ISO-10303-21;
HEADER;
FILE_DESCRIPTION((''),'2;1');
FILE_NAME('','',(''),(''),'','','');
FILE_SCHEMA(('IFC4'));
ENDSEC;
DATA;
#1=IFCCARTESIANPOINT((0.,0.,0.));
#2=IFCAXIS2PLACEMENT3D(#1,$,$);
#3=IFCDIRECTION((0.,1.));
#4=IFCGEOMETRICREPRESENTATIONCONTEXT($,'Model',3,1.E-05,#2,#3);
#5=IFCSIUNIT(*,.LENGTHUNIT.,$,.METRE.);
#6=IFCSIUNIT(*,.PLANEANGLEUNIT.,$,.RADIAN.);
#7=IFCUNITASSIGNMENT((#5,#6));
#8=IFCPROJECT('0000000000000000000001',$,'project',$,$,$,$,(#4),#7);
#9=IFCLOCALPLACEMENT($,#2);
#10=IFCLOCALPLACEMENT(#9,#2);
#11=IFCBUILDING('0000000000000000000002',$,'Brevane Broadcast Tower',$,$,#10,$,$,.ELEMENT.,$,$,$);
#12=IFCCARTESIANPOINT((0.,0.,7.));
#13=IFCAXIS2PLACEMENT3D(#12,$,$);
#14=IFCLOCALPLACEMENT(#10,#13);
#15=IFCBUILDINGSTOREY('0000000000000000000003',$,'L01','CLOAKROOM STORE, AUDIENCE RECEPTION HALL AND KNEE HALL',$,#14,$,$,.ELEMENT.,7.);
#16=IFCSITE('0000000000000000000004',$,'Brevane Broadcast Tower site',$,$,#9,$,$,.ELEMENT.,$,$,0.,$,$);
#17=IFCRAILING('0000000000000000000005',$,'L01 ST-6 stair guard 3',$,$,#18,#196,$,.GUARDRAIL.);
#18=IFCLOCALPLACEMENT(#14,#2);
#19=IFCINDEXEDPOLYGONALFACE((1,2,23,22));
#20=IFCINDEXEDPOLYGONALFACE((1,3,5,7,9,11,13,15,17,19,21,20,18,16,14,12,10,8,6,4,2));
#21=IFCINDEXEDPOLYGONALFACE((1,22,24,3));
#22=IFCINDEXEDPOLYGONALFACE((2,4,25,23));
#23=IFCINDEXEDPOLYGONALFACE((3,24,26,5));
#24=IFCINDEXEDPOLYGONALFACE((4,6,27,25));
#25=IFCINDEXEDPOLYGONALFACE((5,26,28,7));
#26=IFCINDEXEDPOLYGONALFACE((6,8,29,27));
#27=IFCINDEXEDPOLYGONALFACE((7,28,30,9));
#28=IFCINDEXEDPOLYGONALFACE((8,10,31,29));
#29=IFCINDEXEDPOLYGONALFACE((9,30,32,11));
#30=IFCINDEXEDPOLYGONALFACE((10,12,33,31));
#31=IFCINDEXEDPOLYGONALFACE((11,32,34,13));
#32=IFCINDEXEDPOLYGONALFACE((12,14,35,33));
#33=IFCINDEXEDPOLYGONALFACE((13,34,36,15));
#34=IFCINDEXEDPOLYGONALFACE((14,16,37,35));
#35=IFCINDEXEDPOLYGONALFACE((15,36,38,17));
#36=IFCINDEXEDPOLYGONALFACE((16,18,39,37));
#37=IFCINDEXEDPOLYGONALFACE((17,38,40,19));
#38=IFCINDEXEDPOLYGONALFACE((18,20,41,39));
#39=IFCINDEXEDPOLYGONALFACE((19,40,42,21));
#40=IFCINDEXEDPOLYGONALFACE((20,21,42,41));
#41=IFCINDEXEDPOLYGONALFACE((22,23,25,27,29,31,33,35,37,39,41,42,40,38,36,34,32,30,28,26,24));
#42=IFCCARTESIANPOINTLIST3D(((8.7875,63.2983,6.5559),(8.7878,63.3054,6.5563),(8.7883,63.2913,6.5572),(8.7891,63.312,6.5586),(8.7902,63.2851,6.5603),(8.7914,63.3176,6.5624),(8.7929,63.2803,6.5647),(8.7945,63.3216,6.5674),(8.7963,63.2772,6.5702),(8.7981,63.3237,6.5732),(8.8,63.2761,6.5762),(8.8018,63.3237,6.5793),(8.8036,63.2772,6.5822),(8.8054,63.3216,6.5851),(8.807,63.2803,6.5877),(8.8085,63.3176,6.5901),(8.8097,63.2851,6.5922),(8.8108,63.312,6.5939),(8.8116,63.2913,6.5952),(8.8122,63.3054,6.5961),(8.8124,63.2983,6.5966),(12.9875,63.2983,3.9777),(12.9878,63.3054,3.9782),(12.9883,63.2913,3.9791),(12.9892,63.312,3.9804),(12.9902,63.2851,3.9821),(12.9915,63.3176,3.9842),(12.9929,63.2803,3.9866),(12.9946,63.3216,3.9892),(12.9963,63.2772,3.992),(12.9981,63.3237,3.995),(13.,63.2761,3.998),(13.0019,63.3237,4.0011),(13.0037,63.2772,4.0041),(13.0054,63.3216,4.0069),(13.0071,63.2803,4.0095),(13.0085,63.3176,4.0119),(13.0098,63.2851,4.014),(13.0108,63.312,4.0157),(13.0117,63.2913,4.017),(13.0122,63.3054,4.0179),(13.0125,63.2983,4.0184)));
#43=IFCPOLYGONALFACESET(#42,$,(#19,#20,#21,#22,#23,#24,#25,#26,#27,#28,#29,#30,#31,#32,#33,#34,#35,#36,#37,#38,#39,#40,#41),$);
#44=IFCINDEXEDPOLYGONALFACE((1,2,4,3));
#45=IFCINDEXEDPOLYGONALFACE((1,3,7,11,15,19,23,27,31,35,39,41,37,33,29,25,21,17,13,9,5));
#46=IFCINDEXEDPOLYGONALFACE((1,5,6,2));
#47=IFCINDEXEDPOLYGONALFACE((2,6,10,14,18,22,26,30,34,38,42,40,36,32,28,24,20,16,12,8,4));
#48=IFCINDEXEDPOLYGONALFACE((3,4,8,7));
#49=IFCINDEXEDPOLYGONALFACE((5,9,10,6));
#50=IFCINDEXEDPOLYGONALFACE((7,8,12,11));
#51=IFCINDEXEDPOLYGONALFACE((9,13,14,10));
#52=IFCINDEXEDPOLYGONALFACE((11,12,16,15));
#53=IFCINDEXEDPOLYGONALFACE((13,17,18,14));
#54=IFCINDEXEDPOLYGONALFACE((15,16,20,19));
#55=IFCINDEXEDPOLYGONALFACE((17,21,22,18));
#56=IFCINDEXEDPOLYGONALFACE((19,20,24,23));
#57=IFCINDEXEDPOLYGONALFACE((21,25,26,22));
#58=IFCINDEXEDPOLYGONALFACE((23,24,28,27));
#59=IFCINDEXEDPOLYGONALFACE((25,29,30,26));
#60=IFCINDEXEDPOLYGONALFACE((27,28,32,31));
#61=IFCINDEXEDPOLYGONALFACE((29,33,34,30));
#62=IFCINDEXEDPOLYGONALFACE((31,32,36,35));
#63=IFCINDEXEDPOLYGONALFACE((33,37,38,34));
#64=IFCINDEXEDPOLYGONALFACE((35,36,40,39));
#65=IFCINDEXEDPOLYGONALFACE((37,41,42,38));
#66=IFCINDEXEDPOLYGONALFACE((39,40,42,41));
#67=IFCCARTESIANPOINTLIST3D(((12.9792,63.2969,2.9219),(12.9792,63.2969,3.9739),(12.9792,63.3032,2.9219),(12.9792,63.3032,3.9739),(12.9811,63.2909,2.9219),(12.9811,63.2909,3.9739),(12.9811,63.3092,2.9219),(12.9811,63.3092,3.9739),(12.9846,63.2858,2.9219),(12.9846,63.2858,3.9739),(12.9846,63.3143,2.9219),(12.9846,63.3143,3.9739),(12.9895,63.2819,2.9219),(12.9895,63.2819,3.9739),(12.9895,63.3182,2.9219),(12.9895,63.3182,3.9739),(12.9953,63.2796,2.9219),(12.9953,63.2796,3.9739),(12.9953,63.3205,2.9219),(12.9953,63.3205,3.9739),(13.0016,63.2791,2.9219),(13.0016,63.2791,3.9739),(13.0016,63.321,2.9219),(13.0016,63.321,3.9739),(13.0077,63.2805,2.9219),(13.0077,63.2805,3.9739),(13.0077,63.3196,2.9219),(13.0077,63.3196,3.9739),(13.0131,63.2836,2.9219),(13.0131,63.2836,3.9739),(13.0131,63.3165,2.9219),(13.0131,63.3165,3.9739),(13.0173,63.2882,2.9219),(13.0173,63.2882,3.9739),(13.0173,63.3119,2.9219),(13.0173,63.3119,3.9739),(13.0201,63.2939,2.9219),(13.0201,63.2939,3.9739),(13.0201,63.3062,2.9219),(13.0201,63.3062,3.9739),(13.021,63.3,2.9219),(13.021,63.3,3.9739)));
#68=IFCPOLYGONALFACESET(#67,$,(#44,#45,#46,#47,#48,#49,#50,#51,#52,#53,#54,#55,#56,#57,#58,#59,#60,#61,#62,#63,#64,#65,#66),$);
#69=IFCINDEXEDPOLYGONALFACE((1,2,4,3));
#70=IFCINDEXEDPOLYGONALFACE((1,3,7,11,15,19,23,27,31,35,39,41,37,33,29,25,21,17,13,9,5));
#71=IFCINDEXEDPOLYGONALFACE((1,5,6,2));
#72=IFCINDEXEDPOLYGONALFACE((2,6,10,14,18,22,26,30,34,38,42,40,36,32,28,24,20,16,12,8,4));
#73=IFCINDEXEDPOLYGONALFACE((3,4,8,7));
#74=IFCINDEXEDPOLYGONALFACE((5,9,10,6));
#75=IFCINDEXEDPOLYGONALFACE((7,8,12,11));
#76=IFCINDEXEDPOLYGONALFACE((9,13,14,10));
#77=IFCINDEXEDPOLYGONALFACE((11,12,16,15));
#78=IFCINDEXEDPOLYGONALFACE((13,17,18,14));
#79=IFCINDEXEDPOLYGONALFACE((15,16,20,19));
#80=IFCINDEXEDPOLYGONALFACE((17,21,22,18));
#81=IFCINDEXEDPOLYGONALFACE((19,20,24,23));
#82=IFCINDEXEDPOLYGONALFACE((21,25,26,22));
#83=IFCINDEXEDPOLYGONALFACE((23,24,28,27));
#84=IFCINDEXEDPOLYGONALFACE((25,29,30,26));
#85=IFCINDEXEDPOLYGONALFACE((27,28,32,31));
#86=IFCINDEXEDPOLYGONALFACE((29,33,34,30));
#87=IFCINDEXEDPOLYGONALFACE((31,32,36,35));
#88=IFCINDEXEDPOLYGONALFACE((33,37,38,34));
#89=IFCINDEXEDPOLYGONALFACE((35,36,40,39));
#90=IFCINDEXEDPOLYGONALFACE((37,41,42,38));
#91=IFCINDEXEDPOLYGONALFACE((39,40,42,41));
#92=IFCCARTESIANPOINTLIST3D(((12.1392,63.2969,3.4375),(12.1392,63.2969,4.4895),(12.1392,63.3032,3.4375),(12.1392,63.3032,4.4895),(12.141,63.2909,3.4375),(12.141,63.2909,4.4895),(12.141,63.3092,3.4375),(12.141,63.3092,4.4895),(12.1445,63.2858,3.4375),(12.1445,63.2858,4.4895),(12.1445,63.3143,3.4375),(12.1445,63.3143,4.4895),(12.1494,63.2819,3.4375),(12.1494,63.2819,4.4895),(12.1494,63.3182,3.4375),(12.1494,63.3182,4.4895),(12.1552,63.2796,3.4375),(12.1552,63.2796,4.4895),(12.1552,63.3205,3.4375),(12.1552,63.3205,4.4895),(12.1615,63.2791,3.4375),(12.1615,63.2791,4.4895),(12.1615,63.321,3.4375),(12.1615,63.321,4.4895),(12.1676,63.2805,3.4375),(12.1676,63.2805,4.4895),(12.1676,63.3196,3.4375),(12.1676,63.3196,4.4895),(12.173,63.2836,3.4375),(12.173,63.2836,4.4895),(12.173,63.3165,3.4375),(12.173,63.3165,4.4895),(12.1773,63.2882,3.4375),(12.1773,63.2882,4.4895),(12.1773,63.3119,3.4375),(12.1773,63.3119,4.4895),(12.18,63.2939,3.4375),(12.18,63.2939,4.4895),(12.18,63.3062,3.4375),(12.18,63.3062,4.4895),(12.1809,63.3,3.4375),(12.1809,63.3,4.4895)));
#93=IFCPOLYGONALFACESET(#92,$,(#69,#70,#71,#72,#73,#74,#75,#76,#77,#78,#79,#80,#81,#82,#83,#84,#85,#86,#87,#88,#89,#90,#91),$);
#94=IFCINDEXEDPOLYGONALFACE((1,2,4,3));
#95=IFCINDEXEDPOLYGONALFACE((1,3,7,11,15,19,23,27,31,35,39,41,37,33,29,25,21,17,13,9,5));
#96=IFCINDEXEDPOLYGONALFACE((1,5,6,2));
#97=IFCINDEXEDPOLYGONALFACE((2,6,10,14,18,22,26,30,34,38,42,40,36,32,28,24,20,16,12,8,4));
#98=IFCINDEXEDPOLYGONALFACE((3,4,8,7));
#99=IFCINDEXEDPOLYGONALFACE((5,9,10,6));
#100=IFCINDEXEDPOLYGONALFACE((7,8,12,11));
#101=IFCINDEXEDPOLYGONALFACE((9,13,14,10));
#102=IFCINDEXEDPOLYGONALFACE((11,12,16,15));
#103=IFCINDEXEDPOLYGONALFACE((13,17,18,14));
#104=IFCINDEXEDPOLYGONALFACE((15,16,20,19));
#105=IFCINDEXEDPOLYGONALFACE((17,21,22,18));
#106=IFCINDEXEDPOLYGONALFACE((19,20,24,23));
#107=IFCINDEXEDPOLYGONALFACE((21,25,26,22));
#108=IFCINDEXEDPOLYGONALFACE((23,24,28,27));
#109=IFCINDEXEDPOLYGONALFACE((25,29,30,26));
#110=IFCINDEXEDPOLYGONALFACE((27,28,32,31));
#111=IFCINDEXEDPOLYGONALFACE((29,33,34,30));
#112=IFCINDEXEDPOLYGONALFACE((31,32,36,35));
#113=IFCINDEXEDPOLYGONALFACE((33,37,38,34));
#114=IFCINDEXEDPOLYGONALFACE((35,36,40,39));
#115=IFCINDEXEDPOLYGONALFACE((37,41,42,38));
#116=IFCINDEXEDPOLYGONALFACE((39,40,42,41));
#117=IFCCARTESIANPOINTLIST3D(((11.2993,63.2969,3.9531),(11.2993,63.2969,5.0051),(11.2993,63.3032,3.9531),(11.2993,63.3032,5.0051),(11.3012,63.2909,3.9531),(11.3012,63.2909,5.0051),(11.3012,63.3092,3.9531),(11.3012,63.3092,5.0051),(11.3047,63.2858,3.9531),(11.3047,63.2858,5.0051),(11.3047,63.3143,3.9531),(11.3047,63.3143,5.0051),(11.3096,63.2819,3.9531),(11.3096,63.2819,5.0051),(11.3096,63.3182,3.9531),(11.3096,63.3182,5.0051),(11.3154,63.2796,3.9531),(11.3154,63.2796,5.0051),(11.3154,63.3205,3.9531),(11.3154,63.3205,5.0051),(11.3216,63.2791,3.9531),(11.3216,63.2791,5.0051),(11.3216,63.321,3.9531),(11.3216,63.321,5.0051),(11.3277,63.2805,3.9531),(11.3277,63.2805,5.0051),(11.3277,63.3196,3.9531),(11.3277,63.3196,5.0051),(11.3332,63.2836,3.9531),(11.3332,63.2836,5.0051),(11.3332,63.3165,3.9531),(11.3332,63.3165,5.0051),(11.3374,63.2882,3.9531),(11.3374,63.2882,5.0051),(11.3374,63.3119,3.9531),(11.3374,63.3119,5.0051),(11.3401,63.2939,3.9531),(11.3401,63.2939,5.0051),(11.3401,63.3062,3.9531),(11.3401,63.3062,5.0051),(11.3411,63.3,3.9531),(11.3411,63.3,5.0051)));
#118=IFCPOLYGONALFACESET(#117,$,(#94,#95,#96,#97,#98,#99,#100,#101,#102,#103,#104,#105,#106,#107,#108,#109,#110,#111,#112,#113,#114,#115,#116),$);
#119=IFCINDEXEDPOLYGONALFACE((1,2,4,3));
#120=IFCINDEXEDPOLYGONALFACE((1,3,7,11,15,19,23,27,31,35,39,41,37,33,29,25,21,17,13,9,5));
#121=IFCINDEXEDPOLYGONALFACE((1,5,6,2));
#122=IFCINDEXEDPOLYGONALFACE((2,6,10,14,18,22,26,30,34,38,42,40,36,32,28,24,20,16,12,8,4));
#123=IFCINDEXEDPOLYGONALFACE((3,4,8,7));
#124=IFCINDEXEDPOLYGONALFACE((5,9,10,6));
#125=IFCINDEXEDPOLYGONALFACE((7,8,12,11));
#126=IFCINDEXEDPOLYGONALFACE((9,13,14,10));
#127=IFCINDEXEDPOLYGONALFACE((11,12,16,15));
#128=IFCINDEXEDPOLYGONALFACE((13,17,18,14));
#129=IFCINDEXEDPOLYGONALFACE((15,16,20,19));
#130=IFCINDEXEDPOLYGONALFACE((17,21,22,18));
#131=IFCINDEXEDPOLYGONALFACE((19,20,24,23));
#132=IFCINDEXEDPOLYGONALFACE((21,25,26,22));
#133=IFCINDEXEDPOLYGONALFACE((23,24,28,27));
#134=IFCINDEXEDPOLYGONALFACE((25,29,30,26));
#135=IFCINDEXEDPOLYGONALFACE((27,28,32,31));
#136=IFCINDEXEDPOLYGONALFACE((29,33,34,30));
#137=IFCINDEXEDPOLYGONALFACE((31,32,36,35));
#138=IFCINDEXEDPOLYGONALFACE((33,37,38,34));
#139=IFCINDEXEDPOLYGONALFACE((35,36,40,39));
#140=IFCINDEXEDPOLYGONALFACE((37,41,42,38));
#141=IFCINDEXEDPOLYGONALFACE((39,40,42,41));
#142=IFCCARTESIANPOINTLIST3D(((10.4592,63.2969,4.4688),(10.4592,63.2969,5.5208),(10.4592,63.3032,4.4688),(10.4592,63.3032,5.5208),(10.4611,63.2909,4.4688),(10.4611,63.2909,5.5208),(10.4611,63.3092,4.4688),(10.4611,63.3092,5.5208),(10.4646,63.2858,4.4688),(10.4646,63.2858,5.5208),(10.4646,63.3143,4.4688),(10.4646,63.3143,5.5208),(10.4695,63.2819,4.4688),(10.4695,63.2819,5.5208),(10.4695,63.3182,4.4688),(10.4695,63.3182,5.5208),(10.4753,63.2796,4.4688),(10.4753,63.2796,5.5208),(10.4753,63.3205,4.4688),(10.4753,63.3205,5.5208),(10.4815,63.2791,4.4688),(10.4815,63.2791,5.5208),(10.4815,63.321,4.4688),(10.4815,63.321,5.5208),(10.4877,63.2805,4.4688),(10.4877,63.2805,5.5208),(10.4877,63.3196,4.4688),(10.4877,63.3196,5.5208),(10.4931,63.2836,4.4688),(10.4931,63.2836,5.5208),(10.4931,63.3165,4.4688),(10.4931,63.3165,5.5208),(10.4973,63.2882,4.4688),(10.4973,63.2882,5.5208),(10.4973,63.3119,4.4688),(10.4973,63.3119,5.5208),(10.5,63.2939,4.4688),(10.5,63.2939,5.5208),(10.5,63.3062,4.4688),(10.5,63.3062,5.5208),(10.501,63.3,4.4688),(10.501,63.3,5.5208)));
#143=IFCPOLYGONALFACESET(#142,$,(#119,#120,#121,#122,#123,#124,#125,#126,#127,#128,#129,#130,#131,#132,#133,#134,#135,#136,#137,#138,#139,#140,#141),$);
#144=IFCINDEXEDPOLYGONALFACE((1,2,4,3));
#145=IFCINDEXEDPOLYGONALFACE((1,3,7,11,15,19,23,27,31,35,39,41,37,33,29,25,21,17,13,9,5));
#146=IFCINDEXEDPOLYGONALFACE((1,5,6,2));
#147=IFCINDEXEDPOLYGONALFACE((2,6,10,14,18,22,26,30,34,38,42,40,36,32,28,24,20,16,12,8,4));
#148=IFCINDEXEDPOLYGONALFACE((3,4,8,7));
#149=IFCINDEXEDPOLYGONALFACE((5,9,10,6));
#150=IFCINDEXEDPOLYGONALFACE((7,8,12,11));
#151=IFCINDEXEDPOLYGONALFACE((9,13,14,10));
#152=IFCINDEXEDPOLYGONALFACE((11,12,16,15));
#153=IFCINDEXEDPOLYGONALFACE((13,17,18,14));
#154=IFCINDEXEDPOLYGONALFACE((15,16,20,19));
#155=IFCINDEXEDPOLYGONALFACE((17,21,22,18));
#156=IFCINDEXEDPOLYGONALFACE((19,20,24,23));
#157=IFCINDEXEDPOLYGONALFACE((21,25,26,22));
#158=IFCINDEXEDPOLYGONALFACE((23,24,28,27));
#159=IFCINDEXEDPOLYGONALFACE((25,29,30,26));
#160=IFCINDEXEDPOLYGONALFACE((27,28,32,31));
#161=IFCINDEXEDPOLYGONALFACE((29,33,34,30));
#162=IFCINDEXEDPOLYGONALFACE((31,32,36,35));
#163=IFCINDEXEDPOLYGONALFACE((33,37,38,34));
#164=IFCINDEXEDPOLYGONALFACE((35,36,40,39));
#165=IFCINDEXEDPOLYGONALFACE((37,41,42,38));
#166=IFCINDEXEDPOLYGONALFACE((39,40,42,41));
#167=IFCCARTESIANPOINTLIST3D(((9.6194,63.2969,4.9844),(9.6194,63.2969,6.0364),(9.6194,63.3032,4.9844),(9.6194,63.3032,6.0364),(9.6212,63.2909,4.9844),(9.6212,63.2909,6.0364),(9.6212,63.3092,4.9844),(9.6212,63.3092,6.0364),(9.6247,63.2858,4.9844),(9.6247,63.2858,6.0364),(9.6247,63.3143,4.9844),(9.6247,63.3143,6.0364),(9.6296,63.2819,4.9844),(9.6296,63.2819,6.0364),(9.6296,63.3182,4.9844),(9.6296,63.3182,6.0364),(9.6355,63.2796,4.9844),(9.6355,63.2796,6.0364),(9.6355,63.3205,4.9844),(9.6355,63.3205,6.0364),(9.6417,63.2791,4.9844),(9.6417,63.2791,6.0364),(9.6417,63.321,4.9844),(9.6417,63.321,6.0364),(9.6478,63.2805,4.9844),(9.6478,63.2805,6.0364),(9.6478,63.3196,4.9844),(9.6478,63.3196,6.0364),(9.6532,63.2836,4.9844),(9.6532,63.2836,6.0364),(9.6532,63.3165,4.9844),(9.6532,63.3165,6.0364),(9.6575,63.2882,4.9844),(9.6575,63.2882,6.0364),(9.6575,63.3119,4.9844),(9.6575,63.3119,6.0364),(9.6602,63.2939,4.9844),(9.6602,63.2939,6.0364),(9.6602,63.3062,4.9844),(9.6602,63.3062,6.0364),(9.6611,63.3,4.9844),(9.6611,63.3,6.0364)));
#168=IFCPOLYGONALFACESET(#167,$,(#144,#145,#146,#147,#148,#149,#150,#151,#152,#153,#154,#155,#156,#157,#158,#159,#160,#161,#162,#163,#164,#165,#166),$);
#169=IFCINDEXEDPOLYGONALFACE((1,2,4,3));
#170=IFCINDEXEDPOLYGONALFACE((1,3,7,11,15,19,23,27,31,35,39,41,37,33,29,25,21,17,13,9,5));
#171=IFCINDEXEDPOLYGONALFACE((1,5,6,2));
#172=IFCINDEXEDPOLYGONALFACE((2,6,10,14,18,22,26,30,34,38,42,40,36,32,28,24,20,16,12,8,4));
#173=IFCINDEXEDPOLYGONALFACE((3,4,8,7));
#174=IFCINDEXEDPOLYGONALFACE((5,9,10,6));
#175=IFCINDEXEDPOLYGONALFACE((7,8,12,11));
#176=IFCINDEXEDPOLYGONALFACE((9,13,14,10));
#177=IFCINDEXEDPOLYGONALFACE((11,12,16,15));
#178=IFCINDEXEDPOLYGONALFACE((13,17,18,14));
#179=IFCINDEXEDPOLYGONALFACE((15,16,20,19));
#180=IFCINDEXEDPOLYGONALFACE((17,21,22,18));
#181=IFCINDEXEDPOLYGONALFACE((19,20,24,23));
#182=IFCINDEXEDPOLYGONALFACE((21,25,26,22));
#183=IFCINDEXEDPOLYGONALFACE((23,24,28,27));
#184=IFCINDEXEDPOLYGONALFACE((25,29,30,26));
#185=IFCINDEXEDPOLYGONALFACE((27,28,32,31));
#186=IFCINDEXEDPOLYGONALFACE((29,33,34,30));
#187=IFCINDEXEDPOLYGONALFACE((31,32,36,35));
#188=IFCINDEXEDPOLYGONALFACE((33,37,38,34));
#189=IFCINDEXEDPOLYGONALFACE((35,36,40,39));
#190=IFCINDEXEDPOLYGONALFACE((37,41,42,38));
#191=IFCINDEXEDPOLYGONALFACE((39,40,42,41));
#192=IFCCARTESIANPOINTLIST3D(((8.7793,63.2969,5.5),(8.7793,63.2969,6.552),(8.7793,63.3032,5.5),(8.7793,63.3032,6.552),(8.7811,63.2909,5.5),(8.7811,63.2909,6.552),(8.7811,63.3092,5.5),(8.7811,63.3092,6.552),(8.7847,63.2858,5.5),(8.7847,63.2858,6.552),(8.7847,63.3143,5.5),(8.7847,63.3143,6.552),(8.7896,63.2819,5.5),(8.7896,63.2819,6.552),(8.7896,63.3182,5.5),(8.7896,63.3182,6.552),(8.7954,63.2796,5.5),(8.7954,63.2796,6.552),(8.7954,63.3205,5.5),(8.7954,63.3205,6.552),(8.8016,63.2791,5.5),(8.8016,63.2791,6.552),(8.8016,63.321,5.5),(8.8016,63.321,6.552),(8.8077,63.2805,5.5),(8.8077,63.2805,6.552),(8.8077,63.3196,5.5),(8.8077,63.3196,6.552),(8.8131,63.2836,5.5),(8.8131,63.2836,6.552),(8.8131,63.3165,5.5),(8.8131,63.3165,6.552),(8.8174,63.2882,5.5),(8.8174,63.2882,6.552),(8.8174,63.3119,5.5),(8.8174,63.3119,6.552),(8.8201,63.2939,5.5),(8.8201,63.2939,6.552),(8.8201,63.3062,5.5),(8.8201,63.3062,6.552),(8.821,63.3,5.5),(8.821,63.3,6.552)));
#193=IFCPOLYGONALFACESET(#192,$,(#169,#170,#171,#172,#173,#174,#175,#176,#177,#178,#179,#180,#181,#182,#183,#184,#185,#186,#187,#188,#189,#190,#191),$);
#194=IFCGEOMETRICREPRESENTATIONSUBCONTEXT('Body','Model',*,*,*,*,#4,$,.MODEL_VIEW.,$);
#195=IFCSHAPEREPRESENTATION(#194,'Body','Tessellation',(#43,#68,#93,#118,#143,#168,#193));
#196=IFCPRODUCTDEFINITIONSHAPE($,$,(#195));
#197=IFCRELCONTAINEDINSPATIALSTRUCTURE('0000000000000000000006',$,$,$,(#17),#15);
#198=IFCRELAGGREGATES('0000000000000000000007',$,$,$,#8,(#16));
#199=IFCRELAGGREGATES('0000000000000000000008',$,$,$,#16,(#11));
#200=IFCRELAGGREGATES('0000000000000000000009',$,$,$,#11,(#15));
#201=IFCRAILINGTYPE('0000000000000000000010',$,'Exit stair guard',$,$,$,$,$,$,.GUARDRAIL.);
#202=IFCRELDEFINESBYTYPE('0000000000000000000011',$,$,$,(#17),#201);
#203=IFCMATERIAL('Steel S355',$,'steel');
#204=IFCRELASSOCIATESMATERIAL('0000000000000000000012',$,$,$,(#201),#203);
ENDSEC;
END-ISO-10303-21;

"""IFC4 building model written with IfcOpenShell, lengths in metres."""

from ifc_helpers import new_model, si_unit, direction, frame, origin, origin_2d, place, context, subcontext, project, spatial, circle, extrude, material, type_object, element, save


model = new_model("IFC4")

# Units and contexts
model_context = context("Model", 3, precision=1e-05, world=origin(), true_north=direction((0.0, 1.0)))
body_context = subcontext(model_context, "Body", "Model", "MODEL_VIEW")
ifc_project = project(units=[si_unit("LENGTHUNIT", "METRE"), si_unit("PLANEANGLEUNIT", "RADIAN")], contexts=[model_context])

# Site, building, storey
site_placement = place(None, origin())
site = spatial("IfcSite", under=ifc_project, at=site_placement, Name="Brevane Broadcast Tower site", CompositionType="ELEMENT", RefElevation=0.0)
building_placement = place(site_placement, origin())
building = spatial("IfcBuilding", under=site, at=building_placement, Name="Brevane Broadcast Tower", CompositionType="ELEMENT")
storey_placement = place(building_placement, frame((0.0, 0.0, 7.0)))
storey = spatial("IfcBuildingStorey", under=building, at=storey_placement, Name="L01", Description="CLOAKROOM STORE, AUDIENCE RECEPTION HALL AND KNEE HALL", CompositionType="ELEMENT", Elevation=7.0)

# Railing
ifc_material_1 = material(Name="Steel S355", Category="steel")
railing_type_1 = type_object("IfcRailingType", Name="Exit stair guard", PredefinedType="GUARDRAIL", material=ifc_material_1)
railing_1_placement = place(storey_placement, frame((13.0, 63.3, 2.9219)))
element("IfcRailing", 1, at=railing_1_placement, inside=storey, type_object=railing_type_1, Name="L01 ST-6 stair guard 3", PredefinedType="GUARDRAIL", context=body_context, shape_type="SweptSolid", body=[
    extrude(circle(Radius=0.0239, at=origin_2d()), frame((0.0, 0.0, 1.0762), z_axis=(-0.852243, 0.0, 0.523146), x_axis=(0.0, -1.0, 0.0)), (0.0, 0.0, 1.0), 4.9282),
    extrude(circle(Radius=0.021, at=origin_2d()), origin(), (0.0, 0.0, 1.0), 1.052),
    extrude(circle(Radius=0.021, at=origin_2d()), frame((-0.8401, 0.0, 0.5156)), (0.0, 0.0, 1.0), 1.052),
    extrude(circle(Radius=0.021, at=origin_2d()), frame((-1.6799, 0.0, 1.0312)), (0.0, 0.0, 1.0), 1.052),
    extrude(circle(Radius=0.021, at=origin_2d()), frame((-2.52, 0.0, 1.5469)), (0.0, 0.0, 1.0), 1.052),
    extrude(circle(Radius=0.021, at=origin_2d()), frame((-3.3599, 0.0, 2.0625)), (0.0, 0.0, 1.0), 1.052),
    extrude(circle(Radius=0.021, at=origin_2d()), frame((-4.2, 0.0, 2.5781)), (0.0, 0.0, 1.0), 1.052),
])

save(model, "model.ifc")
